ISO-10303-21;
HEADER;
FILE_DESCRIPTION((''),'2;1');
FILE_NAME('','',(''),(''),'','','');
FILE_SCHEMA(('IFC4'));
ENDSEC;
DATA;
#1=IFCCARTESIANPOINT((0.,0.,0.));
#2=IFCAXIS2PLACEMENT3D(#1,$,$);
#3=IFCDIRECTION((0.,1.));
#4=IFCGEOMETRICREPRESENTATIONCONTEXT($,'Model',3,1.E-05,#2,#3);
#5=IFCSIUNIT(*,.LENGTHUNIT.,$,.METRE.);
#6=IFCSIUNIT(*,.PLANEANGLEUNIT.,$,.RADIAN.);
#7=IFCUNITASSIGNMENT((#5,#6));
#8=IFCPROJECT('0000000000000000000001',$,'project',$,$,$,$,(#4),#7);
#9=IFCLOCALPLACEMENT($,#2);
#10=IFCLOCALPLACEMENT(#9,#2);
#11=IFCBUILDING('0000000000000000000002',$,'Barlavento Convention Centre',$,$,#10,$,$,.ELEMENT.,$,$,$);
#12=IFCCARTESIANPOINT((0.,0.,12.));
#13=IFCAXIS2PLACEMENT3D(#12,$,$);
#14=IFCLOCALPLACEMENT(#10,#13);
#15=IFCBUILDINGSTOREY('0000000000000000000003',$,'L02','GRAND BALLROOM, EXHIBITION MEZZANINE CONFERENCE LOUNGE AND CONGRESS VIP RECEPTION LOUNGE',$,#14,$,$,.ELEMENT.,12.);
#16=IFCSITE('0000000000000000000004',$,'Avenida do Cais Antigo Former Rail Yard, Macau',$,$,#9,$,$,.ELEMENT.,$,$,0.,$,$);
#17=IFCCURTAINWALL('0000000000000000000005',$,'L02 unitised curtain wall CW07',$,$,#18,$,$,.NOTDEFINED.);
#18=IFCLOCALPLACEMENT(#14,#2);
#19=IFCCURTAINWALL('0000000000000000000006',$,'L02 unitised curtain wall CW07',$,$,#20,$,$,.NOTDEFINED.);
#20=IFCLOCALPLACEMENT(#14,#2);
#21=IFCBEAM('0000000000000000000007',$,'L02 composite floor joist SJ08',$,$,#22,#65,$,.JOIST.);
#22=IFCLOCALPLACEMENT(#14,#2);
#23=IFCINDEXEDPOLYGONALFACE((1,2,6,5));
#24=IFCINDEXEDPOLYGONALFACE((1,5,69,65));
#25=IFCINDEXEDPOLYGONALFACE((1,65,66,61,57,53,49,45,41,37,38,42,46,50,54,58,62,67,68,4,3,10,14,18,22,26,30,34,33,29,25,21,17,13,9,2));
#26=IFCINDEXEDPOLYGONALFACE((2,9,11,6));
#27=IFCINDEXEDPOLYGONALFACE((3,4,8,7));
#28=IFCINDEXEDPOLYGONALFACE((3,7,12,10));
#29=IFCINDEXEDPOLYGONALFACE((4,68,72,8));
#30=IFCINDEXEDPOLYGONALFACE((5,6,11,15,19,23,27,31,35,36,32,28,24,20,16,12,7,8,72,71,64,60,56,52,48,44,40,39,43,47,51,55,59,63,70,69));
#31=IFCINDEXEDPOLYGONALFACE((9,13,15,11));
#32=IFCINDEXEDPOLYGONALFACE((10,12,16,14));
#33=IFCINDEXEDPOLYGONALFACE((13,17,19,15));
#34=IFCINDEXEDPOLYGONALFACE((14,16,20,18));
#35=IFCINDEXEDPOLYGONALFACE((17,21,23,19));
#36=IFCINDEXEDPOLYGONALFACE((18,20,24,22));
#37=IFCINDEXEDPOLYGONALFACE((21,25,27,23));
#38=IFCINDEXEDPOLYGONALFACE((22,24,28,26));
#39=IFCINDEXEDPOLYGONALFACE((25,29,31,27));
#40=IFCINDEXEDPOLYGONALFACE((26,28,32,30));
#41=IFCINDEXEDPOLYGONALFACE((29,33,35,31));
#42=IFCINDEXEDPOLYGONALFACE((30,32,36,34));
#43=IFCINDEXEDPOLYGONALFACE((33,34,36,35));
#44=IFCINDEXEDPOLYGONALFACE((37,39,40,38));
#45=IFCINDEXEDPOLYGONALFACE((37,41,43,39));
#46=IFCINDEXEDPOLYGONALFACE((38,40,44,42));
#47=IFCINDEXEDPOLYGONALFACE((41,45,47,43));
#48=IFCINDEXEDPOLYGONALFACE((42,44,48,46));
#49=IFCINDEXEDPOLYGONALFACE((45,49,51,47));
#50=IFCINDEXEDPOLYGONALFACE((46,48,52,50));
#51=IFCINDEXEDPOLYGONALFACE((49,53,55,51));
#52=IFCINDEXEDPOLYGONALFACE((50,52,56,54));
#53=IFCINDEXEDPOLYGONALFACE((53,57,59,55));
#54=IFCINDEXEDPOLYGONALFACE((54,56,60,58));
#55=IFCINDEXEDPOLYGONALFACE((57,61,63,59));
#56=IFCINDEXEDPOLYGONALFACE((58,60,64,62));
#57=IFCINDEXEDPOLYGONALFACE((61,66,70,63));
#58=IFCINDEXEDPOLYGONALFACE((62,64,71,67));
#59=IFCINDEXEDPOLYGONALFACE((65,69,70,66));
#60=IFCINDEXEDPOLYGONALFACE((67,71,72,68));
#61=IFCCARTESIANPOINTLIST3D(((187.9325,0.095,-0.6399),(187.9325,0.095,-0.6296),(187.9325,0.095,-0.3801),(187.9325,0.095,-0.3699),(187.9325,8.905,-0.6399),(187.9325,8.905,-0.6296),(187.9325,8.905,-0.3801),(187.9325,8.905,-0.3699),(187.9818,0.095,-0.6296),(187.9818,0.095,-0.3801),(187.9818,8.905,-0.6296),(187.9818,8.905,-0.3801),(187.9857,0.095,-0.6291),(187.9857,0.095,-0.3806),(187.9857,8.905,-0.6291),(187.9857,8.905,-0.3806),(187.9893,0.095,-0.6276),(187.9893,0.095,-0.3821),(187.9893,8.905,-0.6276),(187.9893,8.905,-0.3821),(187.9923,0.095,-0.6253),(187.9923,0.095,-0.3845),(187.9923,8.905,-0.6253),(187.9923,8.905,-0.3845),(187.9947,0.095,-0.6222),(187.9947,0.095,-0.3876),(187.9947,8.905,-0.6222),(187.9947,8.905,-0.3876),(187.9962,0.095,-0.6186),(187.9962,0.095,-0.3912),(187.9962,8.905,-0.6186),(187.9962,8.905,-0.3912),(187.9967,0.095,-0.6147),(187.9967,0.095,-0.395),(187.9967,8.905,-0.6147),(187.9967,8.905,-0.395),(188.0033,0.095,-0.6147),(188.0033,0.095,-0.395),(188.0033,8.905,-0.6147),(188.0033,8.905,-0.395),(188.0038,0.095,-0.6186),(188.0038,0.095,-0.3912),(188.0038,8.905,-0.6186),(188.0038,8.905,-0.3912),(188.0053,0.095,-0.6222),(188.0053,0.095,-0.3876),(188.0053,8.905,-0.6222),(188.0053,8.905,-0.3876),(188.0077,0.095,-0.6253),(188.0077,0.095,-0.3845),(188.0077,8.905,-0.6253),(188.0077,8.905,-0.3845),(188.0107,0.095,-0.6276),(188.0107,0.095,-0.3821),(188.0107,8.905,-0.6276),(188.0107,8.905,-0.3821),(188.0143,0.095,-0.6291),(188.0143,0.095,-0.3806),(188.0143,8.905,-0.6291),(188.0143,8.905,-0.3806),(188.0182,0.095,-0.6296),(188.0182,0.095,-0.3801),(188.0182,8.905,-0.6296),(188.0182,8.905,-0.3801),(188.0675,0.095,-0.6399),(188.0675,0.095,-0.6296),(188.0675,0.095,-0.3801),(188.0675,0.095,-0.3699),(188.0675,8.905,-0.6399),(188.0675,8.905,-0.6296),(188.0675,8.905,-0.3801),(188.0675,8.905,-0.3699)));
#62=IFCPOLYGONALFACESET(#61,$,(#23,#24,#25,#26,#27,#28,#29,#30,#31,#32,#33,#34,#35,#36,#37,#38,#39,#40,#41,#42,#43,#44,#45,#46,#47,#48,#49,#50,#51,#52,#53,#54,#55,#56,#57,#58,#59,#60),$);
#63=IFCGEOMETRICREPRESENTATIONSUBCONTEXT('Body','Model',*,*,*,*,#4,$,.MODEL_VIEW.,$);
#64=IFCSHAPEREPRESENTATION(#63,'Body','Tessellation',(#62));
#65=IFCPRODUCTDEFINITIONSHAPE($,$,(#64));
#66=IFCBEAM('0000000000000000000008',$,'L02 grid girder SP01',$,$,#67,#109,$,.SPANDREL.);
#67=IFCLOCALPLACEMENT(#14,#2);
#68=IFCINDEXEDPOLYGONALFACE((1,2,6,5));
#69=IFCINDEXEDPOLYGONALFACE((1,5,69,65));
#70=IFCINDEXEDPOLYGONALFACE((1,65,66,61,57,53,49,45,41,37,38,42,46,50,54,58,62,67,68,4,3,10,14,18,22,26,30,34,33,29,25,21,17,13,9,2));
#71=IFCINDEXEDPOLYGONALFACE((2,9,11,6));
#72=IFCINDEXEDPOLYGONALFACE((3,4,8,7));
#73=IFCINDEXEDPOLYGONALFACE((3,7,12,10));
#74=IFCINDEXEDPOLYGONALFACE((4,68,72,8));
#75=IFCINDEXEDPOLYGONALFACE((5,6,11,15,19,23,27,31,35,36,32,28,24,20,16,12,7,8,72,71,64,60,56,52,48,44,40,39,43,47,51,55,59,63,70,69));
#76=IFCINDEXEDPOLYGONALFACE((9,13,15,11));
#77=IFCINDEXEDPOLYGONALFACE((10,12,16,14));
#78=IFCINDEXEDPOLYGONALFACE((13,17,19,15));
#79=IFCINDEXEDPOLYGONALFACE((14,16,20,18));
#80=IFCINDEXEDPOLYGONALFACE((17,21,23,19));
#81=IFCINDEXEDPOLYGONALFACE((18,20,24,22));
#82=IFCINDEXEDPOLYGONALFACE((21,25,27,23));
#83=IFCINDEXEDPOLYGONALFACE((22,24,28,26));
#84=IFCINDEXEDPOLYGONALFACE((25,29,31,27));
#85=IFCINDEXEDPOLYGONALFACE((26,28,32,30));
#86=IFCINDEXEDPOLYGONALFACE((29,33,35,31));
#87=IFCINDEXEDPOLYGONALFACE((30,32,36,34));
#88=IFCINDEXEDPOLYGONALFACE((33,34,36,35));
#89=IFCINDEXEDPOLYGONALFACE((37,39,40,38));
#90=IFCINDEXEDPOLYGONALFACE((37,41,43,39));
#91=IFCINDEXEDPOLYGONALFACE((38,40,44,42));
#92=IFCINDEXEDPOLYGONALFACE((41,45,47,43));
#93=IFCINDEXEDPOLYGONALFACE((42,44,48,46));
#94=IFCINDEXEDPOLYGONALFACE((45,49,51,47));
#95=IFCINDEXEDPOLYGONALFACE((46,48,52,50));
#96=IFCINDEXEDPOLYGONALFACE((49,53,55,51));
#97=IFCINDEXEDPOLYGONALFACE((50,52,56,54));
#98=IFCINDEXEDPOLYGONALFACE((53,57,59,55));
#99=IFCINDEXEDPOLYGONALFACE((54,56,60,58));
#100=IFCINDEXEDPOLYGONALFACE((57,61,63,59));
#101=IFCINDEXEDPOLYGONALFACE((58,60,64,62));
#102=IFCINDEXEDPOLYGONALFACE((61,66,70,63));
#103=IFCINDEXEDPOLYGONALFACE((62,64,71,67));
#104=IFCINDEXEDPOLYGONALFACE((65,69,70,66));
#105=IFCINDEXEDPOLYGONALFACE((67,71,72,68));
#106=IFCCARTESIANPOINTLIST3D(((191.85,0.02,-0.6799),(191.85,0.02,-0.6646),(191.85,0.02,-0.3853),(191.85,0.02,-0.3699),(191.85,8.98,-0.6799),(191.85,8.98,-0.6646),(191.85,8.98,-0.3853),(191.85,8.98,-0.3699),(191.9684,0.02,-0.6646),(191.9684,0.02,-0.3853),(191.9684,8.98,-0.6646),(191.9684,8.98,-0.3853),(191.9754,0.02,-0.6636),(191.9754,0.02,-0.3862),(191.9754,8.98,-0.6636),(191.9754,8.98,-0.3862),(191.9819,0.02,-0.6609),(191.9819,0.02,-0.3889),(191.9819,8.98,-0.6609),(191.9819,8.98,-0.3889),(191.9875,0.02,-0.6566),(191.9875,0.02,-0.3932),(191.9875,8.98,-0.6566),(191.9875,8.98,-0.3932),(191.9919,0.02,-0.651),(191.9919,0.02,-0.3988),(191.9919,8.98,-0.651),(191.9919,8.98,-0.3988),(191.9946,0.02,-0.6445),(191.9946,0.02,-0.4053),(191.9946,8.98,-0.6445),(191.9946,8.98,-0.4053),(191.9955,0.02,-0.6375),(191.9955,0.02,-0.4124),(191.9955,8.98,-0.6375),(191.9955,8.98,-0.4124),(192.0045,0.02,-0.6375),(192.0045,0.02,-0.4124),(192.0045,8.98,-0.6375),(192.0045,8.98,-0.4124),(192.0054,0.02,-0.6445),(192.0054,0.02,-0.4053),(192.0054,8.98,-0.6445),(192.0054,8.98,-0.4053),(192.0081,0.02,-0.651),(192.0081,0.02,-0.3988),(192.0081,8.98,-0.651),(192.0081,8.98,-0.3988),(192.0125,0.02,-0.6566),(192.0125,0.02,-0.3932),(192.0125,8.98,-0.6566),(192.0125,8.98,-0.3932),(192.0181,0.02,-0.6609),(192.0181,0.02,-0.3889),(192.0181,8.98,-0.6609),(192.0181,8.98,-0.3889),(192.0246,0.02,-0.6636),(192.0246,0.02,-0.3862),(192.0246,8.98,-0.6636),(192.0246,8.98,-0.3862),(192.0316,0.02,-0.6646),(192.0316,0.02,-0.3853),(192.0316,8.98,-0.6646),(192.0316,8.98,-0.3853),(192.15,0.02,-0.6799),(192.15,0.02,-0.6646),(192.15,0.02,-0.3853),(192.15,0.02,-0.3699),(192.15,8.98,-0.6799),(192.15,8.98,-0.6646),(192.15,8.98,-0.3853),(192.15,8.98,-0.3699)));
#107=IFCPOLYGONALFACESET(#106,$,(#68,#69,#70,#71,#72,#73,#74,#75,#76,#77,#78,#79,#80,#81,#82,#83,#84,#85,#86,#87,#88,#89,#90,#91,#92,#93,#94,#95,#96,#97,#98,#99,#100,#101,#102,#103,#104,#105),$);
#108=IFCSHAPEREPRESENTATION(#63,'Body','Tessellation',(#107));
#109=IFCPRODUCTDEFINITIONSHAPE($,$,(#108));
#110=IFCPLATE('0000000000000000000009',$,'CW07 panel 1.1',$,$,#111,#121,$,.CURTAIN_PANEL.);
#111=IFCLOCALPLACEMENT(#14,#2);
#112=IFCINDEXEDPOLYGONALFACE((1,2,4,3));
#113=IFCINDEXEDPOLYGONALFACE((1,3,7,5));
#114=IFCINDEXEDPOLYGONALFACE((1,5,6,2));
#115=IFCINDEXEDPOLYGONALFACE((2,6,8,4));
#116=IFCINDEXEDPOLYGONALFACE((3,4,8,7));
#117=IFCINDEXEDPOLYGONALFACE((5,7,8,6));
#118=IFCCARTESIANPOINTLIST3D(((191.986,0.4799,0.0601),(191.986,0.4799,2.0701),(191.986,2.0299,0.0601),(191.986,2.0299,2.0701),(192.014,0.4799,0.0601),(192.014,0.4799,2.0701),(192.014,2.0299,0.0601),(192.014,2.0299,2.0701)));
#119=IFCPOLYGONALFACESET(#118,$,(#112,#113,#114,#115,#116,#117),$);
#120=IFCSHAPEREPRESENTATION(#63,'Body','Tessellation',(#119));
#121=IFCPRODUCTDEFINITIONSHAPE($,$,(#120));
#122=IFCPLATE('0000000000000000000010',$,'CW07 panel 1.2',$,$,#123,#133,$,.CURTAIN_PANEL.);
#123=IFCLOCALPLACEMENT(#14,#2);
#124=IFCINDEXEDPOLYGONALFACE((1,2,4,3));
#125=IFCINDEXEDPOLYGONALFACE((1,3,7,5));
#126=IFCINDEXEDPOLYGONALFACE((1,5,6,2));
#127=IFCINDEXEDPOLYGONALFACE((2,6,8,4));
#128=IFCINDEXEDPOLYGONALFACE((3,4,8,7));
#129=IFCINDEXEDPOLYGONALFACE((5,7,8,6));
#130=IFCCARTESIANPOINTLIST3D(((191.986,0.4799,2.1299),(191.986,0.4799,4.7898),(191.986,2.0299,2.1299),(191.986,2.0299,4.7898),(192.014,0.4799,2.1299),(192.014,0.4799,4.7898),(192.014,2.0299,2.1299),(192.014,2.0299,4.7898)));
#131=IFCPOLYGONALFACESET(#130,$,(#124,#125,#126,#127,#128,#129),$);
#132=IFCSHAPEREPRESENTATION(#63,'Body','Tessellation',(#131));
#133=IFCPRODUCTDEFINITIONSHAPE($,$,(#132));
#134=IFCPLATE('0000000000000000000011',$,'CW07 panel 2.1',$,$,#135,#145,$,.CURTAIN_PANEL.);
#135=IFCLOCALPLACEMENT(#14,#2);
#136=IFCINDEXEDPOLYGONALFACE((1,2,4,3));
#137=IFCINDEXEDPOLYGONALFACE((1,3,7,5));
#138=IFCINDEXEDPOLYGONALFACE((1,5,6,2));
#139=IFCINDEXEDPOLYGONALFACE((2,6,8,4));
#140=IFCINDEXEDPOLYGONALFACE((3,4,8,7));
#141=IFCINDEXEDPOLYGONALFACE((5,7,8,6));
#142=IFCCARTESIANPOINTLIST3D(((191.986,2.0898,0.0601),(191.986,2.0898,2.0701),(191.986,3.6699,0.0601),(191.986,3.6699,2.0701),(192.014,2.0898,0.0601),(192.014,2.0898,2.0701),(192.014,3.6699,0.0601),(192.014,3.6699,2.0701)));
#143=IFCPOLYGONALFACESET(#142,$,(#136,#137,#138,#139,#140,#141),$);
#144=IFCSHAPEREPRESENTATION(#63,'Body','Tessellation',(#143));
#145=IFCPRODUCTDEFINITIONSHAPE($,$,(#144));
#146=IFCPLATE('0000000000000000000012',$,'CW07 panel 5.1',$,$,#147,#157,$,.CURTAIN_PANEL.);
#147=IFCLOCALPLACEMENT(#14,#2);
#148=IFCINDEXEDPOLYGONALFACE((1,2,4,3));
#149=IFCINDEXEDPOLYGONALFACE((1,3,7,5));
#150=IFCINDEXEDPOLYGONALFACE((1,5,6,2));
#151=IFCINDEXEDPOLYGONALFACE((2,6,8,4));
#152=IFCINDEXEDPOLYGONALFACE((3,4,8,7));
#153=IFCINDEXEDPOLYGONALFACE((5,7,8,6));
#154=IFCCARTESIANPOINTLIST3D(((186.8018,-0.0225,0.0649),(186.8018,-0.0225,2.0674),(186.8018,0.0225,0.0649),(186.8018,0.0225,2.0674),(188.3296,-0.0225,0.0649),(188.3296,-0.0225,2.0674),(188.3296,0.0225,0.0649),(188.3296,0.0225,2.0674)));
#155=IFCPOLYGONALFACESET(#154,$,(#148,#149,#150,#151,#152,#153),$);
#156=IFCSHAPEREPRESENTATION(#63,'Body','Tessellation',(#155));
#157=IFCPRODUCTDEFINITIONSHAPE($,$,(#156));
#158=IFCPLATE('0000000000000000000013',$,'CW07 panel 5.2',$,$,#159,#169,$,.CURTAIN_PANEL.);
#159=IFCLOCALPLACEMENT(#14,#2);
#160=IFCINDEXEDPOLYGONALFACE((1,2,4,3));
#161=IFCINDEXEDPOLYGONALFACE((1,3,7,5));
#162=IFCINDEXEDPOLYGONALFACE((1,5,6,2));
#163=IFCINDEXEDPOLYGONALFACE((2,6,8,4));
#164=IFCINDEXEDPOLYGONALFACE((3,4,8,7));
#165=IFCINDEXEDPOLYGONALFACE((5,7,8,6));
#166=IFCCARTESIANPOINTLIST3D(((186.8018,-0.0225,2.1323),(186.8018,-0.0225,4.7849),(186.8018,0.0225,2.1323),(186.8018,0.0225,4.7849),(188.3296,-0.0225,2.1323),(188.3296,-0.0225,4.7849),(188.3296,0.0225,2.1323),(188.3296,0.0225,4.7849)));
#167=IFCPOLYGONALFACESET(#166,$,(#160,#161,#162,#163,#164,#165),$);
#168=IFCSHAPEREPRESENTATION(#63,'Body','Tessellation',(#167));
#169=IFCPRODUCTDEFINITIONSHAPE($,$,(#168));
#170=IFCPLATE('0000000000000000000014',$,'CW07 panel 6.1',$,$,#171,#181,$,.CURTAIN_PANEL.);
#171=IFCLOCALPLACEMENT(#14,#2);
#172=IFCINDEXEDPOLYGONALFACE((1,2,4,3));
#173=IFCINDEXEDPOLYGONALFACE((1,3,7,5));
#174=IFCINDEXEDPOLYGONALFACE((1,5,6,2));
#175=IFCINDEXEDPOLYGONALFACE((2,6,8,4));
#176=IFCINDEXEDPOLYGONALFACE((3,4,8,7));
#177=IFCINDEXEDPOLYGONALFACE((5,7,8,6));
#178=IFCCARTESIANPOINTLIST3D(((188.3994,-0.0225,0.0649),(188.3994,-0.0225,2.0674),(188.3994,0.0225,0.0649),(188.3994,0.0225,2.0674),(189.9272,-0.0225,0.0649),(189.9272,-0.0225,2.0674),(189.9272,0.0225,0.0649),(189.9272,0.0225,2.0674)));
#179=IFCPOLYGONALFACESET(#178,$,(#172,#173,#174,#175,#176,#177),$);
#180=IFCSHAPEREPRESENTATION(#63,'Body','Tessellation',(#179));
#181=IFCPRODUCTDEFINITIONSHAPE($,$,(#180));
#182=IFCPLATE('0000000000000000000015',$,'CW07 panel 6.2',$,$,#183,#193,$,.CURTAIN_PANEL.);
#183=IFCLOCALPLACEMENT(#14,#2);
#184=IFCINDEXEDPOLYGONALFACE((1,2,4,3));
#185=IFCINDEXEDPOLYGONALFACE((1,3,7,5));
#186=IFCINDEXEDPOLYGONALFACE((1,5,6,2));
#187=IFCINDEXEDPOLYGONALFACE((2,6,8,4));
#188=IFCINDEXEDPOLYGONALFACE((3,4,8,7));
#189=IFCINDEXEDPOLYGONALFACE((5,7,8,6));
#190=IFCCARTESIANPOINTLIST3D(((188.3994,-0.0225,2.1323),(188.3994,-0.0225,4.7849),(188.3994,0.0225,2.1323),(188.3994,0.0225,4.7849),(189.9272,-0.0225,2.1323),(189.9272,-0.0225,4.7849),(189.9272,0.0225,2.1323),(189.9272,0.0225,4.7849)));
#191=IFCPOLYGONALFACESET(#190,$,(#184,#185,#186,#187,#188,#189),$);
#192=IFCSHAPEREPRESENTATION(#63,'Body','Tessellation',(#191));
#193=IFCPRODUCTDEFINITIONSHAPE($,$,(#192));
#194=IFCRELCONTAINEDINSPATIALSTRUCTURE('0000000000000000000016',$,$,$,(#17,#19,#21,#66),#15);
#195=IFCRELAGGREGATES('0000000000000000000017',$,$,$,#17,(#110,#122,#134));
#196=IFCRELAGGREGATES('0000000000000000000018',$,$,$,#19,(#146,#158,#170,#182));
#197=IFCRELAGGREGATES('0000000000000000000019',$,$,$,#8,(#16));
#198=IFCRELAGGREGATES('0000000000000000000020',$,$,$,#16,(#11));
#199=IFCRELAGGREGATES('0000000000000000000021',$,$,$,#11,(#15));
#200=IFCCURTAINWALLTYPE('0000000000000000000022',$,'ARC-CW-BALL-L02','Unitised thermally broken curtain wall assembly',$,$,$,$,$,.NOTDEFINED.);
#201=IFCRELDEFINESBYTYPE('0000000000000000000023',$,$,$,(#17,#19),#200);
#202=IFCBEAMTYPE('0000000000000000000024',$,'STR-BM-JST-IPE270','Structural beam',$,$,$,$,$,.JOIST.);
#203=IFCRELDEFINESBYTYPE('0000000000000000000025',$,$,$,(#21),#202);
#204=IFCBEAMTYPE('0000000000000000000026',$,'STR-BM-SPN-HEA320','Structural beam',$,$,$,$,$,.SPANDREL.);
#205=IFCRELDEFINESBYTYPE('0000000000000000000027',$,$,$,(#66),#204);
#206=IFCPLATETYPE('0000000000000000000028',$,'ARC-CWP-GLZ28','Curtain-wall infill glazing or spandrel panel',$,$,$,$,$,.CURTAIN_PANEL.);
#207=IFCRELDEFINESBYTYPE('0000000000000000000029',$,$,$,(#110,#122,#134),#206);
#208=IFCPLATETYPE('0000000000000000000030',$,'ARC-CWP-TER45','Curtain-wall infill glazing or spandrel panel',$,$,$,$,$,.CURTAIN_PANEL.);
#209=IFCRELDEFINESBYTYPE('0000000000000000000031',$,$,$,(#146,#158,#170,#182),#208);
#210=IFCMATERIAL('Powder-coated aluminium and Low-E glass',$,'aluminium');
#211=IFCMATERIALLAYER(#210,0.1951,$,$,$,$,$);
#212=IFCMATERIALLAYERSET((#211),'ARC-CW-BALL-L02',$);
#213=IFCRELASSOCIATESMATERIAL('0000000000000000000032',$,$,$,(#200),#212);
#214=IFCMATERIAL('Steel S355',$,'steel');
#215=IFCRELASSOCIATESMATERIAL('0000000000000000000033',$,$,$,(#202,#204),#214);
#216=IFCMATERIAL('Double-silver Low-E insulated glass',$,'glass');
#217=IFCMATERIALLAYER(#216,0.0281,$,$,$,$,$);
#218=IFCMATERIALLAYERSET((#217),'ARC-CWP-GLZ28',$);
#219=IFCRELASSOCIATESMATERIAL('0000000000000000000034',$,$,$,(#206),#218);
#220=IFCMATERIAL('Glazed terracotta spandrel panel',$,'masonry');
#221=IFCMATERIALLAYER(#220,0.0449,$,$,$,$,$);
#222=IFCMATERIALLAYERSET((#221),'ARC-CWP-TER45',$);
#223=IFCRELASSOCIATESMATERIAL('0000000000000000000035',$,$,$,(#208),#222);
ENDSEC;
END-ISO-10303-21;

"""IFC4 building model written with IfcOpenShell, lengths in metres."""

from ifc_helpers import new_model, si_unit, direction, frame, origin, origin_2d, place, context, subcontext, project, spatial, rectangle, i_section, extrude, material, layer, layer_set, material_profile, profile_set, type_object, element, aggregate, save


model = new_model("IFC4")

# Units and contexts
model_context = context("Model", 3, precision=1e-05, world=origin(), true_north=direction((0.0, 1.0)))
body_context = subcontext(model_context, "Body", "Model", "MODEL_VIEW")
ifc_project = project(units=[si_unit("LENGTHUNIT", "METRE"), si_unit("PLANEANGLEUNIT", "RADIAN")], contexts=[model_context])

# Site, building, storey
site_placement = place(None, origin())
site = spatial("IfcSite", under=ifc_project, at=site_placement, Name="Avenida do Cais Antigo Former Rail Yard, Macau", CompositionType="ELEMENT", RefElevation=0.0)
building_placement = place(site_placement, origin())
building = spatial("IfcBuilding", under=site, at=building_placement, Name="Barlavento Convention Centre", CompositionType="ELEMENT")
storey_placement = place(building_placement, frame((0.0, 0.0, 12.0)))
storey = spatial("IfcBuildingStorey", under=building, at=storey_placement, Name="L02", Description="GRAND BALLROOM, EXHIBITION MEZZANINE CONFERENCE LOUNGE AND CONGRESS VIP RECEPTION LOUNGE", CompositionType="ELEMENT", Elevation=12.0)

# Curtain walls
ifc_material_1 = material(Name="Powder-coated aluminium and Low-E glass", Category="aluminium")
ifc_layer_1 = layer(ifc_material_1, 0.1951)
ifc_layer_set_1 = layer_set([ifc_layer_1], Name="ARC-CW-BALL-L02")
curtain_wall_type = type_object("IfcCurtainWallType", Name="ARC-CW-BALL-L02", Description="Unitised thermally broken curtain wall assembly", PredefinedType="NOTDEFINED", material=ifc_layer_set_1)
curtain_wall_1_placement = place(storey_placement, origin())
curtain_wall_1 = element("IfcCurtainWall", 1, at=curtain_wall_1_placement, inside=storey, type_object=curtain_wall_type, Name="L02 unitised curtain wall CW07", PredefinedType="NOTDEFINED")
curtain_wall_2_placement = place(storey_placement, origin())
curtain_wall_2 = element("IfcCurtainWall", 2, at=curtain_wall_2_placement, inside=storey, type_object=curtain_wall_type, Name="L02 unitised curtain wall CW07", PredefinedType="NOTDEFINED")

# Beams
ifc_material_2 = material(Name="Steel S355", Category="steel")
ifc_material_profile_1 = material_profile(ifc_material_2, i_section(OverallWidth=0.135, OverallDepth=0.27, WebThickness=0.0066, FlangeThickness=0.0103, FilletRadius=0.0149, at=origin_2d()), Name="IPE 270")
ifc_profile_set_1 = profile_set([ifc_material_profile_1], Name="Steel S355")
beam_type_1 = type_object("IfcBeamType", Name="STR-BM-JST-IPE270", Description="Structural beam", PredefinedType="JOIST", material=ifc_profile_set_1)
beam_1_placement = place(storey_placement, frame((188.0, 0.095, -0.5049), z_axis=(0.0, 1.0, 0.0), x_axis=(-1.0, 0.0, 0.0)))
element("IfcBeam", 3, at=beam_1_placement, inside=storey, type_object=beam_type_1, Name="L02 composite floor joist SJ08", PredefinedType="JOIST", context=body_context, shape_type="SweptSolid", body=[
    extrude(i_section(OverallWidth=0.135, OverallDepth=0.27, WebThickness=0.0066, FlangeThickness=0.0103, FilletRadius=0.0149, at=origin_2d()), origin(), (0.0, 0.0, 1.0), 8.8101),
])
ifc_material_profile_2 = material_profile(ifc_material_2, i_section(OverallWidth=0.3, OverallDepth=0.3101, WebThickness=0.009, FlangeThickness=0.0154, FilletRadius=0.0271, at=origin_2d()), Name="HEA 320")
ifc_profile_set_2 = profile_set([ifc_material_profile_2], Name="Steel S355")
beam_type_2 = type_object("IfcBeamType", Name="STR-BM-SPN-HEA320", Description="Structural beam", PredefinedType="SPANDREL", material=ifc_profile_set_2)
beam_2_placement = place(storey_placement, frame((192.0, 0.02, -0.5249), z_axis=(0.0, 1.0, 0.0), x_axis=(-1.0, 0.0, 0.0)))
element("IfcBeam", 4, at=beam_2_placement, inside=storey, type_object=beam_type_2, Name="L02 grid girder SP01", PredefinedType="SPANDREL", context=body_context, shape_type="SweptSolid", body=[
    extrude(i_section(OverallWidth=0.3, OverallDepth=0.3101, WebThickness=0.009, FlangeThickness=0.0154, FilletRadius=0.0271, at=origin_2d()), origin(), (0.0, 0.0, 1.0), 8.96),
])

# Plates
ifc_material_3 = material(Name="Double-silver Low-E insulated glass", Category="glass")
ifc_layer_2 = layer(ifc_material_3, 0.0281)
ifc_layer_set_2 = layer_set([ifc_layer_2], Name="ARC-CWP-GLZ28")
plate_type_1 = type_object("IfcPlateType", Name="ARC-CWP-GLZ28", Description="Curtain-wall infill glazing or spandrel panel", PredefinedType="CURTAIN_PANEL", material=ifc_layer_set_2)
plate_1_placement = place(storey_placement, frame((192.0, 1.2549, 0.0601), z_axis=(0.0, 0.0, 1.0), x_axis=(0.0, 1.0, 0.0)))
plate_1 = element("IfcPlate", 5, at=plate_1_placement, type_object=plate_type_1, Name="CW07 panel 1.1", PredefinedType="CURTAIN_PANEL", context=body_context, shape_type="SweptSolid", body=[
    extrude(rectangle(XDim=1.55, YDim=0.0281, at=origin_2d()), origin(), (0.0, 0.0, 1.0), 2.01),
])
plate_2_placement = place(storey_placement, frame((192.0, 1.2549, 2.1299), z_axis=(0.0, 0.0, 1.0), x_axis=(0.0, 1.0, 0.0)))
plate_2 = element("IfcPlate", 6, at=plate_2_placement, type_object=plate_type_1, Name="CW07 panel 1.2", PredefinedType="CURTAIN_PANEL", context=body_context, shape_type="SweptSolid", body=[
    extrude(rectangle(XDim=1.55, YDim=0.0281, at=origin_2d()), origin(), (0.0, 0.0, 1.0), 2.6599),
])
plate_3_placement = place(storey_placement, frame((192.0, 2.8799, 0.0601), z_axis=(0.0, 0.0, 1.0), x_axis=(0.0, 1.0, 0.0)))
plate_3 = element("IfcPlate", 7, at=plate_3_placement, type_object=plate_type_1, Name="CW07 panel 2.1", PredefinedType="CURTAIN_PANEL", context=body_context, shape_type="SweptSolid", body=[
    extrude(rectangle(XDim=1.5801, YDim=0.0281, at=origin_2d()), origin(), (0.0, 0.0, 1.0), 2.01),
])
aggregate(curtain_wall_1, [plate_1, plate_2, plate_3])
ifc_material_4 = material(Name="Glazed terracotta spandrel panel", Category="masonry")
ifc_layer_3 = layer(ifc_material_4, 0.0449)
ifc_layer_set_3 = layer_set([ifc_layer_3], Name="ARC-CWP-TER45")
plate_type_2 = type_object("IfcPlateType", Name="ARC-CWP-TER45", Description="Curtain-wall infill glazing or spandrel panel", PredefinedType="CURTAIN_PANEL", material=ifc_layer_set_3)
plate_4_placement = place(storey_placement, frame((187.5657, 0.0, 0.0649), z_axis=(0.0, 0.0, 1.0), x_axis=(1.0, 0.0, 0.0)))
plate_4 = element("IfcPlate", 8, at=plate_4_placement, type_object=plate_type_2, Name="CW07 panel 5.1", PredefinedType="CURTAIN_PANEL", context=body_context, shape_type="SweptSolid", body=[
    extrude(rectangle(XDim=1.5278, YDim=0.0449, at=origin_2d()), origin(), (0.0, 0.0, 1.0), 2.0024),
])
plate_5_placement = place(storey_placement, frame((187.5657, 0.0, 2.1323), z_axis=(0.0, 0.0, 1.0), x_axis=(1.0, 0.0, 0.0)))
plate_5 = element("IfcPlate", 9, at=plate_5_placement, type_object=plate_type_2, Name="CW07 panel 5.2", PredefinedType="CURTAIN_PANEL", context=body_context, shape_type="SweptSolid", body=[
    extrude(rectangle(XDim=1.5278, YDim=0.0449, at=origin_2d()), origin(), (0.0, 0.0, 1.0), 2.6526),
])
plate_6_placement = place(storey_placement, frame((189.1633, 0.0, 0.0649), z_axis=(0.0, 0.0, 1.0), x_axis=(1.0, 0.0, 0.0)))
plate_6 = element("IfcPlate", 10, at=plate_6_placement, type_object=plate_type_2, Name="CW07 panel 6.1", PredefinedType="CURTAIN_PANEL", context=body_context, shape_type="SweptSolid", body=[
    extrude(rectangle(XDim=1.5278, YDim=0.0449, at=origin_2d()), origin(), (0.0, 0.0, 1.0), 2.0024),
])
plate_7_placement = place(storey_placement, frame((189.1633, 0.0, 2.1323), z_axis=(0.0, 0.0, 1.0), x_axis=(1.0, 0.0, 0.0)))
plate_7 = element("IfcPlate", 11, at=plate_7_placement, type_object=plate_type_2, Name="CW07 panel 6.2", PredefinedType="CURTAIN_PANEL", context=body_context, shape_type="SweptSolid", body=[
    extrude(rectangle(XDim=1.5278, YDim=0.0449, at=origin_2d()), origin(), (0.0, 0.0, 1.0), 2.6526),
])
aggregate(curtain_wall_2, [plate_4, plate_5, plate_6, plate_7])

save(model, "model.ifc")
